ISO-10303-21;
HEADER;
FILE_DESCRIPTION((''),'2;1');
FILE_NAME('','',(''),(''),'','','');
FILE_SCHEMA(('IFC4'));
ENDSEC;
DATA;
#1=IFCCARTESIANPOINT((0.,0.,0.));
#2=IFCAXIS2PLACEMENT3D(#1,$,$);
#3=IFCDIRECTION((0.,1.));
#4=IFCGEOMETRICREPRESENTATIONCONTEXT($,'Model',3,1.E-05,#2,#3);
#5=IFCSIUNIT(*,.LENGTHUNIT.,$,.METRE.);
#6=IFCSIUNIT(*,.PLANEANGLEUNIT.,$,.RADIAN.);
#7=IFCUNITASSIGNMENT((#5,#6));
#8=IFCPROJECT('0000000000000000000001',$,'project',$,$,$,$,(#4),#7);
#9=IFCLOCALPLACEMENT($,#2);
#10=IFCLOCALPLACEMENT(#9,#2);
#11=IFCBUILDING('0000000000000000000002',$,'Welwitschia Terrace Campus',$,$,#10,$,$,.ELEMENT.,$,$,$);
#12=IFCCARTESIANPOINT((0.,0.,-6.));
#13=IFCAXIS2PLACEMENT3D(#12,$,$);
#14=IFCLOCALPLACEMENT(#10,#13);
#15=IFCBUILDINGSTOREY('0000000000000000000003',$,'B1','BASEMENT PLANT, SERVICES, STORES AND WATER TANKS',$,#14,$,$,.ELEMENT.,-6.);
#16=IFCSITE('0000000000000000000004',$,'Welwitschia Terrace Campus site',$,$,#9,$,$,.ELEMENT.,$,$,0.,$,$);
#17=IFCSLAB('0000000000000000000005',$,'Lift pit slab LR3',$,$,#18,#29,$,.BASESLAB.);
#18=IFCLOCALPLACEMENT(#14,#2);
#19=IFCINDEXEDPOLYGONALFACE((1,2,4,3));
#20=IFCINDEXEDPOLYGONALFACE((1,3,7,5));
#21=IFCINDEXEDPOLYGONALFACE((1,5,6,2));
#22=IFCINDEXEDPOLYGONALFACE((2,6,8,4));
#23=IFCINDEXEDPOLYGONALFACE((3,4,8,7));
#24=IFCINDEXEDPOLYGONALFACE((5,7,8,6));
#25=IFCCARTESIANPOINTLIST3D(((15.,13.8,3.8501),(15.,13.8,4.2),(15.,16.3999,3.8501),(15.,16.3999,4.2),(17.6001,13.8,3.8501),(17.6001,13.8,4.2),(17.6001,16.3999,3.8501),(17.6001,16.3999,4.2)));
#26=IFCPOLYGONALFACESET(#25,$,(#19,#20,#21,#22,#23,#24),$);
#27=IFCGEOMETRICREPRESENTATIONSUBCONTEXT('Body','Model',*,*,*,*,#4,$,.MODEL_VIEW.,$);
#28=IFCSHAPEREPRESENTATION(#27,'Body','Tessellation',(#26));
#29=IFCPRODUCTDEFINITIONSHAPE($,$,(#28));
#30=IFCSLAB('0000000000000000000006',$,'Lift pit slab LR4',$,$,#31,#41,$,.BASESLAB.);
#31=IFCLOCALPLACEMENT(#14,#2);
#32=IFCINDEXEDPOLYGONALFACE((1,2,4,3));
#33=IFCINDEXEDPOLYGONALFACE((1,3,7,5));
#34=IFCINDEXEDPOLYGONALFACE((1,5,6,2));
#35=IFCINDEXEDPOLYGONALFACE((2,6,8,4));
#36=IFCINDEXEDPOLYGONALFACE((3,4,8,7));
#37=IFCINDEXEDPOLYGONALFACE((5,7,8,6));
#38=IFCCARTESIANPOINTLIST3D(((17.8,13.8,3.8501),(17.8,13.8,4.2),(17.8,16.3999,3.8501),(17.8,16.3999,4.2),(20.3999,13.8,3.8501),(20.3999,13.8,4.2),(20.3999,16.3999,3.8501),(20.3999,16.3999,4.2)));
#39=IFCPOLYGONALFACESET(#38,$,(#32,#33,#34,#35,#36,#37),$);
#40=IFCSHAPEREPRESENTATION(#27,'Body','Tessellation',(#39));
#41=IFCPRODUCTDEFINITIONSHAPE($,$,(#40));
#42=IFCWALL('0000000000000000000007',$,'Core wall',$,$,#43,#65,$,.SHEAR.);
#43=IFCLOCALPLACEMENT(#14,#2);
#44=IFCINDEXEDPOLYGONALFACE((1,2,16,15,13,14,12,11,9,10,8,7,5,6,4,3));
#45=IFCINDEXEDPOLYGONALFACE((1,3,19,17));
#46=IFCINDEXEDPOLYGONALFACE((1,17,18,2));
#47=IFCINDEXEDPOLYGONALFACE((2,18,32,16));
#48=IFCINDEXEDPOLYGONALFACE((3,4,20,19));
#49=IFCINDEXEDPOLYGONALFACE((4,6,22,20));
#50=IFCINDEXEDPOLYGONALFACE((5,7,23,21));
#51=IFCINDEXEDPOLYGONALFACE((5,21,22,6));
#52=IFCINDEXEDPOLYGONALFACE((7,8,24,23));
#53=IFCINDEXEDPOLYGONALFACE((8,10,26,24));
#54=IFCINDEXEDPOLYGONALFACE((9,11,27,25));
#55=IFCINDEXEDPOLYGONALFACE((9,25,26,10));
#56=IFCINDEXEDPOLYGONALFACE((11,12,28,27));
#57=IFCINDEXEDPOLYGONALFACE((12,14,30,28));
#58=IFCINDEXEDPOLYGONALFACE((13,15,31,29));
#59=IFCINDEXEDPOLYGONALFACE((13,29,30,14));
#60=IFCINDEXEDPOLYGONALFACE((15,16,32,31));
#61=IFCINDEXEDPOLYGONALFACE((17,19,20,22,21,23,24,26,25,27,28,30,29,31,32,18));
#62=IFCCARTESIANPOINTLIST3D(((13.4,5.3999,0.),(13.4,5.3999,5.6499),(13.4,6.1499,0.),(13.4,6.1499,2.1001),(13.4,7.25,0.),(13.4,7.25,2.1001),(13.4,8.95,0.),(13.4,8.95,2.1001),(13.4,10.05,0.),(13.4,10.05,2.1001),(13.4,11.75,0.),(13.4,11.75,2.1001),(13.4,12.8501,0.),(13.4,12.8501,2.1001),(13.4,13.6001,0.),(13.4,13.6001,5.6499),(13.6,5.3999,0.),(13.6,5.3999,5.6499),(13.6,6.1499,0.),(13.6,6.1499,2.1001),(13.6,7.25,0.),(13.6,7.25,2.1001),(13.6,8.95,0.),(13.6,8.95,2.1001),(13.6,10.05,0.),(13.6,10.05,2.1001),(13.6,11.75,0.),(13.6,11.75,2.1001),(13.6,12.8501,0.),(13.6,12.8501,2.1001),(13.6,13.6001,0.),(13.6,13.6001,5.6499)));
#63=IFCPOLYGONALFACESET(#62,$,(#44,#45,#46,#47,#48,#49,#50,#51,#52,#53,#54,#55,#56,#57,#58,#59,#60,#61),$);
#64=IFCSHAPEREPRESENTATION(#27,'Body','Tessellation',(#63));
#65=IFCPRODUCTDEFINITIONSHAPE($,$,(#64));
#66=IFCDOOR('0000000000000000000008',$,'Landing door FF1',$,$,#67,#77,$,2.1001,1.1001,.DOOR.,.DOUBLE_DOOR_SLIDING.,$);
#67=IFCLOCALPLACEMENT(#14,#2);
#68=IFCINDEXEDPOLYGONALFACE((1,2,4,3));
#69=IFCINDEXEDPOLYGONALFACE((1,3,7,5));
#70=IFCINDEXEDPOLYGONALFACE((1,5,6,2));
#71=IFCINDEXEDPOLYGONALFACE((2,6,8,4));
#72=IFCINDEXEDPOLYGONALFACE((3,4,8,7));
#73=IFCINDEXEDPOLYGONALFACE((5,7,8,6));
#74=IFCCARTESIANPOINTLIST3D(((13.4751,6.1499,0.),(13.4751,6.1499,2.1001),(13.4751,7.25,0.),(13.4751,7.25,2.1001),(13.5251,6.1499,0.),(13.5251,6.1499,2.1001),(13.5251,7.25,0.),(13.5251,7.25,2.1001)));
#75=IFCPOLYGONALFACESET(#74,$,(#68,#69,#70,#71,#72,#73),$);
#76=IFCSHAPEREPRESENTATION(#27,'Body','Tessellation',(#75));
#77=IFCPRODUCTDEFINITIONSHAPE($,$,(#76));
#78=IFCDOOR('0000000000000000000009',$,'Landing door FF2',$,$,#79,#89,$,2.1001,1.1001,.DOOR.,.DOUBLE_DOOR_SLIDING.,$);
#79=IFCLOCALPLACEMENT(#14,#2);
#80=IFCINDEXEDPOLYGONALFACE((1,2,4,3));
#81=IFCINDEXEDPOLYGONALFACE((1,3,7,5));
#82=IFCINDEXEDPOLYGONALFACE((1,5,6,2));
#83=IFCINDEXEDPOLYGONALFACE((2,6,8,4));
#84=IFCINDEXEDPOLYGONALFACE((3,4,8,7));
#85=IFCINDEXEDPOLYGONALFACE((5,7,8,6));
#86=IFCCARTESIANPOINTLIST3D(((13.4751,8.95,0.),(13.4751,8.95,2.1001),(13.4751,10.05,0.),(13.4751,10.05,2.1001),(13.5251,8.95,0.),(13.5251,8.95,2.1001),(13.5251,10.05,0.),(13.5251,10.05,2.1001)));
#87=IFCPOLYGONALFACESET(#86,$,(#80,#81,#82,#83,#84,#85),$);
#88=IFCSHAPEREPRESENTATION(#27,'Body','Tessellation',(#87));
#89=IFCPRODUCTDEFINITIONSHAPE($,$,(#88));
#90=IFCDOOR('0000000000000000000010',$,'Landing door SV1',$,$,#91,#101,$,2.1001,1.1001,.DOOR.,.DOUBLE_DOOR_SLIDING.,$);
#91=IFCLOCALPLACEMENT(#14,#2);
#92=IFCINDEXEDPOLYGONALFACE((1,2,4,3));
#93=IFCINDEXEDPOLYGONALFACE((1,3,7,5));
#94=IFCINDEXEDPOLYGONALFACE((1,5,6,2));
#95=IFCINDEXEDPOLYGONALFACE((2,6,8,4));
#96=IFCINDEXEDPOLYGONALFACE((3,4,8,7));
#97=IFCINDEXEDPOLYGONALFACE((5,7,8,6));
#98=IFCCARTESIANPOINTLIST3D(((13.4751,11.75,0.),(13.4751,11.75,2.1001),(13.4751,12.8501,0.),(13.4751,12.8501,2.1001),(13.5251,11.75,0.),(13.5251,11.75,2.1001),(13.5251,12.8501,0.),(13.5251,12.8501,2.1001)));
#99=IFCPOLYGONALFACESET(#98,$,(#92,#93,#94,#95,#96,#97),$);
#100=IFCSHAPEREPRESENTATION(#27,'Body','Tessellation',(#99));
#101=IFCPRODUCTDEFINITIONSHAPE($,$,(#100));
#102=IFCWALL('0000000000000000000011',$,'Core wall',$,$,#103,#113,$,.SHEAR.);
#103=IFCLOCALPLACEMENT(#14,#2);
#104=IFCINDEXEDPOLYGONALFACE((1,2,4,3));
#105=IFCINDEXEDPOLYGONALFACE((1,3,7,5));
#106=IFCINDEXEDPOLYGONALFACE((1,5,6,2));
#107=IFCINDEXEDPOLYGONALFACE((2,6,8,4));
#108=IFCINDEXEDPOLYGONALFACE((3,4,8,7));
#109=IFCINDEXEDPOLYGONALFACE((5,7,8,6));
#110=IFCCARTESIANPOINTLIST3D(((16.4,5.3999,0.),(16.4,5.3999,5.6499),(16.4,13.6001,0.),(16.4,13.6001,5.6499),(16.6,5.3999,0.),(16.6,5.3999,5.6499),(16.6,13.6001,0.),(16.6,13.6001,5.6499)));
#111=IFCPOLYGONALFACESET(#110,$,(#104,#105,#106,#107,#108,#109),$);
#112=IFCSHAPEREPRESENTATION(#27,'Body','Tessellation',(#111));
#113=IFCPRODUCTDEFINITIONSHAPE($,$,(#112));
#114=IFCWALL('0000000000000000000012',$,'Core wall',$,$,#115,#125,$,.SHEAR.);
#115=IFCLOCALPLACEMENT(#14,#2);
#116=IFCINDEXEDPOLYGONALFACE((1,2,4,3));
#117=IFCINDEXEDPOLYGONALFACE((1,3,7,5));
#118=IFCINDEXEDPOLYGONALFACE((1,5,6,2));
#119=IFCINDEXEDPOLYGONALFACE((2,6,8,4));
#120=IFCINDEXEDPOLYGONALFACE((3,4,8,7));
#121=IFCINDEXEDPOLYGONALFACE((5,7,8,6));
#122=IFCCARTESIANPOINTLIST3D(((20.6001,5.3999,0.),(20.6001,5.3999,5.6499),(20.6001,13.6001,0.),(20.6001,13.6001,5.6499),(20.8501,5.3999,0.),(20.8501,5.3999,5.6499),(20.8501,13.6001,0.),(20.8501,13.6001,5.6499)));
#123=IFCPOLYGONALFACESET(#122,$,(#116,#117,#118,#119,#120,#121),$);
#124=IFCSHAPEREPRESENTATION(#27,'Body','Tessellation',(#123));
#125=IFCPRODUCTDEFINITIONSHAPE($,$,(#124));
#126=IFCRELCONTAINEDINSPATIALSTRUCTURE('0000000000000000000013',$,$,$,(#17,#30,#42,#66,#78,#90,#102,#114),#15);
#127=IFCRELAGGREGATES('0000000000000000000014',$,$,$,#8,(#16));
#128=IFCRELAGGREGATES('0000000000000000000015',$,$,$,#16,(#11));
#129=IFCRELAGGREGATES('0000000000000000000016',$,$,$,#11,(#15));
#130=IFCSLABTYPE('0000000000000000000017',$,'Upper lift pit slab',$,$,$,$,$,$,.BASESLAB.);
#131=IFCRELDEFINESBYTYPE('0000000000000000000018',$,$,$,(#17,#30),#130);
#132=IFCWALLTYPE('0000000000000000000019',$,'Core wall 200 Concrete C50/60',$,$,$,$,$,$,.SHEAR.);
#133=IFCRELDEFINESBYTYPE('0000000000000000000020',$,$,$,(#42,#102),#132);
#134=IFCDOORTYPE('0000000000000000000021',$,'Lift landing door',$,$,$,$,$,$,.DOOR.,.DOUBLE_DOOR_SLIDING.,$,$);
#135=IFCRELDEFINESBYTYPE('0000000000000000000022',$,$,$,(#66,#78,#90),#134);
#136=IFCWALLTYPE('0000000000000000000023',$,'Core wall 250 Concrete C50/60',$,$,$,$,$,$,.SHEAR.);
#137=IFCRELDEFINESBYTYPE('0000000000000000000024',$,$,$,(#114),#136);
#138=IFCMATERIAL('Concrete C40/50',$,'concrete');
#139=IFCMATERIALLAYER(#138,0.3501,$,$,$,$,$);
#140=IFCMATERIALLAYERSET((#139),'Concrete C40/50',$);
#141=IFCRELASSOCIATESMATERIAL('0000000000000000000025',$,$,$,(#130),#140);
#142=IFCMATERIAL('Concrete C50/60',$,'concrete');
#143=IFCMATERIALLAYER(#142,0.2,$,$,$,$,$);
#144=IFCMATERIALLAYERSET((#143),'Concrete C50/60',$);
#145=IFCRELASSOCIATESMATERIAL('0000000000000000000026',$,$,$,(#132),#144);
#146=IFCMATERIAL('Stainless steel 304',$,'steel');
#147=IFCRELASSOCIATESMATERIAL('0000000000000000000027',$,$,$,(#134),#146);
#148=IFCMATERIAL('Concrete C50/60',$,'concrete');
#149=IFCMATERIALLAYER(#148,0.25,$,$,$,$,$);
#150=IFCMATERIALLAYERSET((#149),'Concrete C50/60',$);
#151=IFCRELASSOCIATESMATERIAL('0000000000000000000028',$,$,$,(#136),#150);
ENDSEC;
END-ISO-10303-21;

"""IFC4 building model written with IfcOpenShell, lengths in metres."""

from ifc_helpers import new_model, si_unit, direction, frame, frame_2d, origin, place, context, subcontext, project, spatial, polyline, rectangle, outline, extrude, material, layer, layer_set, type_object, element, fill, save


model = new_model("IFC4")

# Units and contexts
model_context = context("Model", 3, precision=1e-05, world=origin(), true_north=direction((0.0, 1.0)))
body_context = subcontext(model_context, "Body", "Model", "MODEL_VIEW")
ifc_project = project(units=[si_unit("LENGTHUNIT", "METRE"), si_unit("PLANEANGLEUNIT", "RADIAN")], contexts=[model_context])

# Site, building, storey
site_placement = place(None, origin())
site = spatial("IfcSite", under=ifc_project, at=site_placement, Name="Welwitschia Terrace Campus site", CompositionType="ELEMENT", RefElevation=0.0)
building_placement = place(site_placement, origin())
building = spatial("IfcBuilding", under=site, at=building_placement, Name="Welwitschia Terrace Campus", CompositionType="ELEMENT")
storey_placement = place(building_placement, frame((0.0, 0.0, -6.0)))
storey = spatial("IfcBuildingStorey", under=building, at=storey_placement, Name="B1", Description="BASEMENT PLANT, SERVICES, STORES AND WATER TANKS", CompositionType="ELEMENT", Elevation=-6.0)

# Slabs
ifc_material_1 = material(Name="Concrete C40/50", Category="concrete")
ifc_layer_1 = layer(ifc_material_1, 0.3501)
ifc_layer_set_1 = layer_set([ifc_layer_1], Name="Concrete C40/50")
slab_type_1 = type_object("IfcSlabType", Name="Upper lift pit slab", PredefinedType="BASESLAB", material=ifc_layer_set_1)
slab_1_placement = place(storey_placement, frame((0.0, 0.0, 3.8501)))
element("IfcSlab", 1, at=slab_1_placement, inside=storey, type_object=slab_type_1, Name="Lift pit slab LR3", PredefinedType="BASESLAB", context=body_context, shape_type="SweptSolid", body=[
    extrude(outline(polyline([(15.0, 13.8), (17.6001, 13.8), (17.6001, 16.3999), (15.0, 16.3999), (15.0, 13.8)])), origin(), (0.0, 0.0, 1.0), 0.3499),
])
slab_2_placement = place(storey_placement, frame((0.0, 0.0, 3.8501)))
element("IfcSlab", 2, at=slab_2_placement, inside=storey, type_object=slab_type_1, Name="Lift pit slab LR4", PredefinedType="BASESLAB", context=body_context, shape_type="SweptSolid", body=[
    extrude(outline(polyline([(17.8, 13.8), (20.3999, 13.8), (20.3999, 16.3999), (17.8, 16.3999), (17.8, 13.8)])), origin(), (0.0, 0.0, 1.0), 0.3499),
])

# Wall, openings, doors
ifc_material_2 = material(Name="Concrete C50/60", Category="concrete")
ifc_layer_2 = layer(ifc_material_2, 0.2)
ifc_layer_set_2 = layer_set([ifc_layer_2], Name="Concrete C50/60")
wall_type_1 = type_object("IfcWallType", Name="Core wall 200 Concrete C50/60", PredefinedType="SHEAR", material=ifc_layer_set_2)
wall_1_placement = place(storey_placement, frame((13.5, 5.3999, 0.0), z_axis=(0.0, 0.0, 1.0), x_axis=(0.0, 1.0, 0.0)))
wall_1 = element("IfcWall", 3, at=wall_1_placement, inside=storey, type_object=wall_type_1, Name="Core wall", PredefinedType="SHEAR", context=body_context, shape_type="SweptSolid", body=[
    extrude(rectangle(XDim=8.2002, YDim=0.2, at=frame_2d((4.1001, 0.0))), origin(), (0.0, 0.0, 1.0), 5.6499),
])
opening_1_placement = place(wall_1_placement, frame((0.75, 0.0, 0.0)))
opening_1 = element("IfcOpeningElement", 4, at=opening_1_placement, cuts=wall_1, PredefinedType="OPENING", context=body_context, shape_type="SweptSolid", body=[
    extrude(rectangle(XDim=1.1001, YDim=2.1001, at=frame_2d((0.55, 1.05))), frame((0.0, 0.1099, 0.0), z_axis=(0.0, -1.0, 0.0), x_axis=(1.0, 0.0, 0.0)), (0.0, 0.0, 1.0), 0.22),
])
opening_2_placement = place(wall_1_placement, frame((3.55, 0.0, 0.0)))
opening_2 = element("IfcOpeningElement", 5, at=opening_2_placement, cuts=wall_1, PredefinedType="OPENING", context=body_context, shape_type="SweptSolid", body=[
    extrude(rectangle(XDim=1.1001, YDim=2.1001, at=frame_2d((0.55, 1.05))), frame((0.0, 0.1099, 0.0), z_axis=(0.0, -1.0, 0.0), x_axis=(1.0, 0.0, 0.0)), (0.0, 0.0, 1.0), 0.22),
])
opening_3_placement = place(wall_1_placement, frame((6.3501, 0.0, 0.0)))
opening_3 = element("IfcOpeningElement", 6, at=opening_3_placement, cuts=wall_1, PredefinedType="OPENING", context=body_context, shape_type="SweptSolid", body=[
    extrude(rectangle(XDim=1.1001, YDim=2.1001, at=frame_2d((0.55, 1.05))), frame((0.0, 0.1099, 0.0), z_axis=(0.0, -1.0, 0.0), x_axis=(1.0, 0.0, 0.0)), (0.0, 0.0, 1.0), 0.22),
])
ifc_material_3 = material(Name="Stainless steel 304", Category="steel")
door_type_1 = type_object("IfcDoorType", Name="Lift landing door", OperationType="DOUBLE_DOOR_SLIDING", PredefinedType="DOOR", material=ifc_material_3)
door_1_placement = place(opening_1_placement, origin())
door_1 = element("IfcDoor", 7, at=door_1_placement, inside=storey, type_object=door_type_1, Name="Landing door FF1", OperationType="DOUBLE_DOOR_SLIDING", OverallHeight=2.1001, OverallWidth=1.1001, PredefinedType="DOOR", context=body_context, shape_type="SweptSolid", body=[
    extrude(rectangle(XDim=1.1001, YDim=2.1001, at=frame_2d((0.55, 1.05))), frame((0.0, 0.0249, 0.0), z_axis=(0.0, -1.0, 0.0), x_axis=(1.0, 0.0, 0.0)), (0.0, 0.0, 1.0), 0.05),
])
fill(opening_1, door_1)
door_2_placement = place(opening_2_placement, origin())
door_2 = element("IfcDoor", 8, at=door_2_placement, inside=storey, type_object=door_type_1, Name="Landing door FF2", OperationType="DOUBLE_DOOR_SLIDING", OverallHeight=2.1001, OverallWidth=1.1001, PredefinedType="DOOR", context=body_context, shape_type="SweptSolid", body=[
    extrude(rectangle(XDim=1.1001, YDim=2.1001, at=frame_2d((0.55, 1.05))), frame((0.0, 0.0249, 0.0), z_axis=(0.0, -1.0, 0.0), x_axis=(1.0, 0.0, 0.0)), (0.0, 0.0, 1.0), 0.05),
])
fill(opening_2, door_2)
door_3_placement = place(opening_3_placement, origin())
door_3 = element("IfcDoor", 9, at=door_3_placement, inside=storey, type_object=door_type_1, Name="Landing door SV1", OperationType="DOUBLE_DOOR_SLIDING", OverallHeight=2.1001, OverallWidth=1.1001, PredefinedType="DOOR", context=body_context, shape_type="SweptSolid", body=[
    extrude(rectangle(XDim=1.1001, YDim=2.1001, at=frame_2d((0.55, 1.05))), frame((0.0, 0.0249, 0.0), z_axis=(0.0, -1.0, 0.0), x_axis=(1.0, 0.0, 0.0)), (0.0, 0.0, 1.0), 0.05),
])
fill(opening_3, door_3)

# Walls
wall_2_placement = place(storey_placement, frame((16.5, 5.3999, 0.0), z_axis=(0.0, 0.0, 1.0), x_axis=(0.0, 1.0, 0.0)))
element("IfcWall", 10, at=wall_2_placement, inside=storey, type_object=wall_type_1, Name="Core wall", PredefinedType="SHEAR", context=body_context, shape_type="SweptSolid", body=[
    extrude(rectangle(XDim=8.2002, YDim=0.2, at=frame_2d((4.1001, 0.0))), origin(), (0.0, 0.0, 1.0), 5.6499),
])
ifc_material_4 = material(Name="Concrete C50/60", Category="concrete")
ifc_layer_3 = layer(ifc_material_4, 0.25)
ifc_layer_set_3 = layer_set([ifc_layer_3], Name="Concrete C50/60")
wall_type_2 = type_object("IfcWallType", Name="Core wall 250 Concrete C50/60", PredefinedType="SHEAR", material=ifc_layer_set_3)
wall_3_placement = place(storey_placement, frame((20.7251, 5.3999, 0.0), z_axis=(0.0, 0.0, 1.0), x_axis=(0.0, 1.0, 0.0)))
element("IfcWall", 11, at=wall_3_placement, inside=storey, type_object=wall_type_2, Name="Core wall", PredefinedType="SHEAR", context=body_context, shape_type="SweptSolid", body=[
    extrude(rectangle(XDim=8.2002, YDim=0.25, at=frame_2d((4.1001, 0.0))), origin(), (0.0, 0.0, 1.0), 5.6499),
])

save(model, "model.ifc")
